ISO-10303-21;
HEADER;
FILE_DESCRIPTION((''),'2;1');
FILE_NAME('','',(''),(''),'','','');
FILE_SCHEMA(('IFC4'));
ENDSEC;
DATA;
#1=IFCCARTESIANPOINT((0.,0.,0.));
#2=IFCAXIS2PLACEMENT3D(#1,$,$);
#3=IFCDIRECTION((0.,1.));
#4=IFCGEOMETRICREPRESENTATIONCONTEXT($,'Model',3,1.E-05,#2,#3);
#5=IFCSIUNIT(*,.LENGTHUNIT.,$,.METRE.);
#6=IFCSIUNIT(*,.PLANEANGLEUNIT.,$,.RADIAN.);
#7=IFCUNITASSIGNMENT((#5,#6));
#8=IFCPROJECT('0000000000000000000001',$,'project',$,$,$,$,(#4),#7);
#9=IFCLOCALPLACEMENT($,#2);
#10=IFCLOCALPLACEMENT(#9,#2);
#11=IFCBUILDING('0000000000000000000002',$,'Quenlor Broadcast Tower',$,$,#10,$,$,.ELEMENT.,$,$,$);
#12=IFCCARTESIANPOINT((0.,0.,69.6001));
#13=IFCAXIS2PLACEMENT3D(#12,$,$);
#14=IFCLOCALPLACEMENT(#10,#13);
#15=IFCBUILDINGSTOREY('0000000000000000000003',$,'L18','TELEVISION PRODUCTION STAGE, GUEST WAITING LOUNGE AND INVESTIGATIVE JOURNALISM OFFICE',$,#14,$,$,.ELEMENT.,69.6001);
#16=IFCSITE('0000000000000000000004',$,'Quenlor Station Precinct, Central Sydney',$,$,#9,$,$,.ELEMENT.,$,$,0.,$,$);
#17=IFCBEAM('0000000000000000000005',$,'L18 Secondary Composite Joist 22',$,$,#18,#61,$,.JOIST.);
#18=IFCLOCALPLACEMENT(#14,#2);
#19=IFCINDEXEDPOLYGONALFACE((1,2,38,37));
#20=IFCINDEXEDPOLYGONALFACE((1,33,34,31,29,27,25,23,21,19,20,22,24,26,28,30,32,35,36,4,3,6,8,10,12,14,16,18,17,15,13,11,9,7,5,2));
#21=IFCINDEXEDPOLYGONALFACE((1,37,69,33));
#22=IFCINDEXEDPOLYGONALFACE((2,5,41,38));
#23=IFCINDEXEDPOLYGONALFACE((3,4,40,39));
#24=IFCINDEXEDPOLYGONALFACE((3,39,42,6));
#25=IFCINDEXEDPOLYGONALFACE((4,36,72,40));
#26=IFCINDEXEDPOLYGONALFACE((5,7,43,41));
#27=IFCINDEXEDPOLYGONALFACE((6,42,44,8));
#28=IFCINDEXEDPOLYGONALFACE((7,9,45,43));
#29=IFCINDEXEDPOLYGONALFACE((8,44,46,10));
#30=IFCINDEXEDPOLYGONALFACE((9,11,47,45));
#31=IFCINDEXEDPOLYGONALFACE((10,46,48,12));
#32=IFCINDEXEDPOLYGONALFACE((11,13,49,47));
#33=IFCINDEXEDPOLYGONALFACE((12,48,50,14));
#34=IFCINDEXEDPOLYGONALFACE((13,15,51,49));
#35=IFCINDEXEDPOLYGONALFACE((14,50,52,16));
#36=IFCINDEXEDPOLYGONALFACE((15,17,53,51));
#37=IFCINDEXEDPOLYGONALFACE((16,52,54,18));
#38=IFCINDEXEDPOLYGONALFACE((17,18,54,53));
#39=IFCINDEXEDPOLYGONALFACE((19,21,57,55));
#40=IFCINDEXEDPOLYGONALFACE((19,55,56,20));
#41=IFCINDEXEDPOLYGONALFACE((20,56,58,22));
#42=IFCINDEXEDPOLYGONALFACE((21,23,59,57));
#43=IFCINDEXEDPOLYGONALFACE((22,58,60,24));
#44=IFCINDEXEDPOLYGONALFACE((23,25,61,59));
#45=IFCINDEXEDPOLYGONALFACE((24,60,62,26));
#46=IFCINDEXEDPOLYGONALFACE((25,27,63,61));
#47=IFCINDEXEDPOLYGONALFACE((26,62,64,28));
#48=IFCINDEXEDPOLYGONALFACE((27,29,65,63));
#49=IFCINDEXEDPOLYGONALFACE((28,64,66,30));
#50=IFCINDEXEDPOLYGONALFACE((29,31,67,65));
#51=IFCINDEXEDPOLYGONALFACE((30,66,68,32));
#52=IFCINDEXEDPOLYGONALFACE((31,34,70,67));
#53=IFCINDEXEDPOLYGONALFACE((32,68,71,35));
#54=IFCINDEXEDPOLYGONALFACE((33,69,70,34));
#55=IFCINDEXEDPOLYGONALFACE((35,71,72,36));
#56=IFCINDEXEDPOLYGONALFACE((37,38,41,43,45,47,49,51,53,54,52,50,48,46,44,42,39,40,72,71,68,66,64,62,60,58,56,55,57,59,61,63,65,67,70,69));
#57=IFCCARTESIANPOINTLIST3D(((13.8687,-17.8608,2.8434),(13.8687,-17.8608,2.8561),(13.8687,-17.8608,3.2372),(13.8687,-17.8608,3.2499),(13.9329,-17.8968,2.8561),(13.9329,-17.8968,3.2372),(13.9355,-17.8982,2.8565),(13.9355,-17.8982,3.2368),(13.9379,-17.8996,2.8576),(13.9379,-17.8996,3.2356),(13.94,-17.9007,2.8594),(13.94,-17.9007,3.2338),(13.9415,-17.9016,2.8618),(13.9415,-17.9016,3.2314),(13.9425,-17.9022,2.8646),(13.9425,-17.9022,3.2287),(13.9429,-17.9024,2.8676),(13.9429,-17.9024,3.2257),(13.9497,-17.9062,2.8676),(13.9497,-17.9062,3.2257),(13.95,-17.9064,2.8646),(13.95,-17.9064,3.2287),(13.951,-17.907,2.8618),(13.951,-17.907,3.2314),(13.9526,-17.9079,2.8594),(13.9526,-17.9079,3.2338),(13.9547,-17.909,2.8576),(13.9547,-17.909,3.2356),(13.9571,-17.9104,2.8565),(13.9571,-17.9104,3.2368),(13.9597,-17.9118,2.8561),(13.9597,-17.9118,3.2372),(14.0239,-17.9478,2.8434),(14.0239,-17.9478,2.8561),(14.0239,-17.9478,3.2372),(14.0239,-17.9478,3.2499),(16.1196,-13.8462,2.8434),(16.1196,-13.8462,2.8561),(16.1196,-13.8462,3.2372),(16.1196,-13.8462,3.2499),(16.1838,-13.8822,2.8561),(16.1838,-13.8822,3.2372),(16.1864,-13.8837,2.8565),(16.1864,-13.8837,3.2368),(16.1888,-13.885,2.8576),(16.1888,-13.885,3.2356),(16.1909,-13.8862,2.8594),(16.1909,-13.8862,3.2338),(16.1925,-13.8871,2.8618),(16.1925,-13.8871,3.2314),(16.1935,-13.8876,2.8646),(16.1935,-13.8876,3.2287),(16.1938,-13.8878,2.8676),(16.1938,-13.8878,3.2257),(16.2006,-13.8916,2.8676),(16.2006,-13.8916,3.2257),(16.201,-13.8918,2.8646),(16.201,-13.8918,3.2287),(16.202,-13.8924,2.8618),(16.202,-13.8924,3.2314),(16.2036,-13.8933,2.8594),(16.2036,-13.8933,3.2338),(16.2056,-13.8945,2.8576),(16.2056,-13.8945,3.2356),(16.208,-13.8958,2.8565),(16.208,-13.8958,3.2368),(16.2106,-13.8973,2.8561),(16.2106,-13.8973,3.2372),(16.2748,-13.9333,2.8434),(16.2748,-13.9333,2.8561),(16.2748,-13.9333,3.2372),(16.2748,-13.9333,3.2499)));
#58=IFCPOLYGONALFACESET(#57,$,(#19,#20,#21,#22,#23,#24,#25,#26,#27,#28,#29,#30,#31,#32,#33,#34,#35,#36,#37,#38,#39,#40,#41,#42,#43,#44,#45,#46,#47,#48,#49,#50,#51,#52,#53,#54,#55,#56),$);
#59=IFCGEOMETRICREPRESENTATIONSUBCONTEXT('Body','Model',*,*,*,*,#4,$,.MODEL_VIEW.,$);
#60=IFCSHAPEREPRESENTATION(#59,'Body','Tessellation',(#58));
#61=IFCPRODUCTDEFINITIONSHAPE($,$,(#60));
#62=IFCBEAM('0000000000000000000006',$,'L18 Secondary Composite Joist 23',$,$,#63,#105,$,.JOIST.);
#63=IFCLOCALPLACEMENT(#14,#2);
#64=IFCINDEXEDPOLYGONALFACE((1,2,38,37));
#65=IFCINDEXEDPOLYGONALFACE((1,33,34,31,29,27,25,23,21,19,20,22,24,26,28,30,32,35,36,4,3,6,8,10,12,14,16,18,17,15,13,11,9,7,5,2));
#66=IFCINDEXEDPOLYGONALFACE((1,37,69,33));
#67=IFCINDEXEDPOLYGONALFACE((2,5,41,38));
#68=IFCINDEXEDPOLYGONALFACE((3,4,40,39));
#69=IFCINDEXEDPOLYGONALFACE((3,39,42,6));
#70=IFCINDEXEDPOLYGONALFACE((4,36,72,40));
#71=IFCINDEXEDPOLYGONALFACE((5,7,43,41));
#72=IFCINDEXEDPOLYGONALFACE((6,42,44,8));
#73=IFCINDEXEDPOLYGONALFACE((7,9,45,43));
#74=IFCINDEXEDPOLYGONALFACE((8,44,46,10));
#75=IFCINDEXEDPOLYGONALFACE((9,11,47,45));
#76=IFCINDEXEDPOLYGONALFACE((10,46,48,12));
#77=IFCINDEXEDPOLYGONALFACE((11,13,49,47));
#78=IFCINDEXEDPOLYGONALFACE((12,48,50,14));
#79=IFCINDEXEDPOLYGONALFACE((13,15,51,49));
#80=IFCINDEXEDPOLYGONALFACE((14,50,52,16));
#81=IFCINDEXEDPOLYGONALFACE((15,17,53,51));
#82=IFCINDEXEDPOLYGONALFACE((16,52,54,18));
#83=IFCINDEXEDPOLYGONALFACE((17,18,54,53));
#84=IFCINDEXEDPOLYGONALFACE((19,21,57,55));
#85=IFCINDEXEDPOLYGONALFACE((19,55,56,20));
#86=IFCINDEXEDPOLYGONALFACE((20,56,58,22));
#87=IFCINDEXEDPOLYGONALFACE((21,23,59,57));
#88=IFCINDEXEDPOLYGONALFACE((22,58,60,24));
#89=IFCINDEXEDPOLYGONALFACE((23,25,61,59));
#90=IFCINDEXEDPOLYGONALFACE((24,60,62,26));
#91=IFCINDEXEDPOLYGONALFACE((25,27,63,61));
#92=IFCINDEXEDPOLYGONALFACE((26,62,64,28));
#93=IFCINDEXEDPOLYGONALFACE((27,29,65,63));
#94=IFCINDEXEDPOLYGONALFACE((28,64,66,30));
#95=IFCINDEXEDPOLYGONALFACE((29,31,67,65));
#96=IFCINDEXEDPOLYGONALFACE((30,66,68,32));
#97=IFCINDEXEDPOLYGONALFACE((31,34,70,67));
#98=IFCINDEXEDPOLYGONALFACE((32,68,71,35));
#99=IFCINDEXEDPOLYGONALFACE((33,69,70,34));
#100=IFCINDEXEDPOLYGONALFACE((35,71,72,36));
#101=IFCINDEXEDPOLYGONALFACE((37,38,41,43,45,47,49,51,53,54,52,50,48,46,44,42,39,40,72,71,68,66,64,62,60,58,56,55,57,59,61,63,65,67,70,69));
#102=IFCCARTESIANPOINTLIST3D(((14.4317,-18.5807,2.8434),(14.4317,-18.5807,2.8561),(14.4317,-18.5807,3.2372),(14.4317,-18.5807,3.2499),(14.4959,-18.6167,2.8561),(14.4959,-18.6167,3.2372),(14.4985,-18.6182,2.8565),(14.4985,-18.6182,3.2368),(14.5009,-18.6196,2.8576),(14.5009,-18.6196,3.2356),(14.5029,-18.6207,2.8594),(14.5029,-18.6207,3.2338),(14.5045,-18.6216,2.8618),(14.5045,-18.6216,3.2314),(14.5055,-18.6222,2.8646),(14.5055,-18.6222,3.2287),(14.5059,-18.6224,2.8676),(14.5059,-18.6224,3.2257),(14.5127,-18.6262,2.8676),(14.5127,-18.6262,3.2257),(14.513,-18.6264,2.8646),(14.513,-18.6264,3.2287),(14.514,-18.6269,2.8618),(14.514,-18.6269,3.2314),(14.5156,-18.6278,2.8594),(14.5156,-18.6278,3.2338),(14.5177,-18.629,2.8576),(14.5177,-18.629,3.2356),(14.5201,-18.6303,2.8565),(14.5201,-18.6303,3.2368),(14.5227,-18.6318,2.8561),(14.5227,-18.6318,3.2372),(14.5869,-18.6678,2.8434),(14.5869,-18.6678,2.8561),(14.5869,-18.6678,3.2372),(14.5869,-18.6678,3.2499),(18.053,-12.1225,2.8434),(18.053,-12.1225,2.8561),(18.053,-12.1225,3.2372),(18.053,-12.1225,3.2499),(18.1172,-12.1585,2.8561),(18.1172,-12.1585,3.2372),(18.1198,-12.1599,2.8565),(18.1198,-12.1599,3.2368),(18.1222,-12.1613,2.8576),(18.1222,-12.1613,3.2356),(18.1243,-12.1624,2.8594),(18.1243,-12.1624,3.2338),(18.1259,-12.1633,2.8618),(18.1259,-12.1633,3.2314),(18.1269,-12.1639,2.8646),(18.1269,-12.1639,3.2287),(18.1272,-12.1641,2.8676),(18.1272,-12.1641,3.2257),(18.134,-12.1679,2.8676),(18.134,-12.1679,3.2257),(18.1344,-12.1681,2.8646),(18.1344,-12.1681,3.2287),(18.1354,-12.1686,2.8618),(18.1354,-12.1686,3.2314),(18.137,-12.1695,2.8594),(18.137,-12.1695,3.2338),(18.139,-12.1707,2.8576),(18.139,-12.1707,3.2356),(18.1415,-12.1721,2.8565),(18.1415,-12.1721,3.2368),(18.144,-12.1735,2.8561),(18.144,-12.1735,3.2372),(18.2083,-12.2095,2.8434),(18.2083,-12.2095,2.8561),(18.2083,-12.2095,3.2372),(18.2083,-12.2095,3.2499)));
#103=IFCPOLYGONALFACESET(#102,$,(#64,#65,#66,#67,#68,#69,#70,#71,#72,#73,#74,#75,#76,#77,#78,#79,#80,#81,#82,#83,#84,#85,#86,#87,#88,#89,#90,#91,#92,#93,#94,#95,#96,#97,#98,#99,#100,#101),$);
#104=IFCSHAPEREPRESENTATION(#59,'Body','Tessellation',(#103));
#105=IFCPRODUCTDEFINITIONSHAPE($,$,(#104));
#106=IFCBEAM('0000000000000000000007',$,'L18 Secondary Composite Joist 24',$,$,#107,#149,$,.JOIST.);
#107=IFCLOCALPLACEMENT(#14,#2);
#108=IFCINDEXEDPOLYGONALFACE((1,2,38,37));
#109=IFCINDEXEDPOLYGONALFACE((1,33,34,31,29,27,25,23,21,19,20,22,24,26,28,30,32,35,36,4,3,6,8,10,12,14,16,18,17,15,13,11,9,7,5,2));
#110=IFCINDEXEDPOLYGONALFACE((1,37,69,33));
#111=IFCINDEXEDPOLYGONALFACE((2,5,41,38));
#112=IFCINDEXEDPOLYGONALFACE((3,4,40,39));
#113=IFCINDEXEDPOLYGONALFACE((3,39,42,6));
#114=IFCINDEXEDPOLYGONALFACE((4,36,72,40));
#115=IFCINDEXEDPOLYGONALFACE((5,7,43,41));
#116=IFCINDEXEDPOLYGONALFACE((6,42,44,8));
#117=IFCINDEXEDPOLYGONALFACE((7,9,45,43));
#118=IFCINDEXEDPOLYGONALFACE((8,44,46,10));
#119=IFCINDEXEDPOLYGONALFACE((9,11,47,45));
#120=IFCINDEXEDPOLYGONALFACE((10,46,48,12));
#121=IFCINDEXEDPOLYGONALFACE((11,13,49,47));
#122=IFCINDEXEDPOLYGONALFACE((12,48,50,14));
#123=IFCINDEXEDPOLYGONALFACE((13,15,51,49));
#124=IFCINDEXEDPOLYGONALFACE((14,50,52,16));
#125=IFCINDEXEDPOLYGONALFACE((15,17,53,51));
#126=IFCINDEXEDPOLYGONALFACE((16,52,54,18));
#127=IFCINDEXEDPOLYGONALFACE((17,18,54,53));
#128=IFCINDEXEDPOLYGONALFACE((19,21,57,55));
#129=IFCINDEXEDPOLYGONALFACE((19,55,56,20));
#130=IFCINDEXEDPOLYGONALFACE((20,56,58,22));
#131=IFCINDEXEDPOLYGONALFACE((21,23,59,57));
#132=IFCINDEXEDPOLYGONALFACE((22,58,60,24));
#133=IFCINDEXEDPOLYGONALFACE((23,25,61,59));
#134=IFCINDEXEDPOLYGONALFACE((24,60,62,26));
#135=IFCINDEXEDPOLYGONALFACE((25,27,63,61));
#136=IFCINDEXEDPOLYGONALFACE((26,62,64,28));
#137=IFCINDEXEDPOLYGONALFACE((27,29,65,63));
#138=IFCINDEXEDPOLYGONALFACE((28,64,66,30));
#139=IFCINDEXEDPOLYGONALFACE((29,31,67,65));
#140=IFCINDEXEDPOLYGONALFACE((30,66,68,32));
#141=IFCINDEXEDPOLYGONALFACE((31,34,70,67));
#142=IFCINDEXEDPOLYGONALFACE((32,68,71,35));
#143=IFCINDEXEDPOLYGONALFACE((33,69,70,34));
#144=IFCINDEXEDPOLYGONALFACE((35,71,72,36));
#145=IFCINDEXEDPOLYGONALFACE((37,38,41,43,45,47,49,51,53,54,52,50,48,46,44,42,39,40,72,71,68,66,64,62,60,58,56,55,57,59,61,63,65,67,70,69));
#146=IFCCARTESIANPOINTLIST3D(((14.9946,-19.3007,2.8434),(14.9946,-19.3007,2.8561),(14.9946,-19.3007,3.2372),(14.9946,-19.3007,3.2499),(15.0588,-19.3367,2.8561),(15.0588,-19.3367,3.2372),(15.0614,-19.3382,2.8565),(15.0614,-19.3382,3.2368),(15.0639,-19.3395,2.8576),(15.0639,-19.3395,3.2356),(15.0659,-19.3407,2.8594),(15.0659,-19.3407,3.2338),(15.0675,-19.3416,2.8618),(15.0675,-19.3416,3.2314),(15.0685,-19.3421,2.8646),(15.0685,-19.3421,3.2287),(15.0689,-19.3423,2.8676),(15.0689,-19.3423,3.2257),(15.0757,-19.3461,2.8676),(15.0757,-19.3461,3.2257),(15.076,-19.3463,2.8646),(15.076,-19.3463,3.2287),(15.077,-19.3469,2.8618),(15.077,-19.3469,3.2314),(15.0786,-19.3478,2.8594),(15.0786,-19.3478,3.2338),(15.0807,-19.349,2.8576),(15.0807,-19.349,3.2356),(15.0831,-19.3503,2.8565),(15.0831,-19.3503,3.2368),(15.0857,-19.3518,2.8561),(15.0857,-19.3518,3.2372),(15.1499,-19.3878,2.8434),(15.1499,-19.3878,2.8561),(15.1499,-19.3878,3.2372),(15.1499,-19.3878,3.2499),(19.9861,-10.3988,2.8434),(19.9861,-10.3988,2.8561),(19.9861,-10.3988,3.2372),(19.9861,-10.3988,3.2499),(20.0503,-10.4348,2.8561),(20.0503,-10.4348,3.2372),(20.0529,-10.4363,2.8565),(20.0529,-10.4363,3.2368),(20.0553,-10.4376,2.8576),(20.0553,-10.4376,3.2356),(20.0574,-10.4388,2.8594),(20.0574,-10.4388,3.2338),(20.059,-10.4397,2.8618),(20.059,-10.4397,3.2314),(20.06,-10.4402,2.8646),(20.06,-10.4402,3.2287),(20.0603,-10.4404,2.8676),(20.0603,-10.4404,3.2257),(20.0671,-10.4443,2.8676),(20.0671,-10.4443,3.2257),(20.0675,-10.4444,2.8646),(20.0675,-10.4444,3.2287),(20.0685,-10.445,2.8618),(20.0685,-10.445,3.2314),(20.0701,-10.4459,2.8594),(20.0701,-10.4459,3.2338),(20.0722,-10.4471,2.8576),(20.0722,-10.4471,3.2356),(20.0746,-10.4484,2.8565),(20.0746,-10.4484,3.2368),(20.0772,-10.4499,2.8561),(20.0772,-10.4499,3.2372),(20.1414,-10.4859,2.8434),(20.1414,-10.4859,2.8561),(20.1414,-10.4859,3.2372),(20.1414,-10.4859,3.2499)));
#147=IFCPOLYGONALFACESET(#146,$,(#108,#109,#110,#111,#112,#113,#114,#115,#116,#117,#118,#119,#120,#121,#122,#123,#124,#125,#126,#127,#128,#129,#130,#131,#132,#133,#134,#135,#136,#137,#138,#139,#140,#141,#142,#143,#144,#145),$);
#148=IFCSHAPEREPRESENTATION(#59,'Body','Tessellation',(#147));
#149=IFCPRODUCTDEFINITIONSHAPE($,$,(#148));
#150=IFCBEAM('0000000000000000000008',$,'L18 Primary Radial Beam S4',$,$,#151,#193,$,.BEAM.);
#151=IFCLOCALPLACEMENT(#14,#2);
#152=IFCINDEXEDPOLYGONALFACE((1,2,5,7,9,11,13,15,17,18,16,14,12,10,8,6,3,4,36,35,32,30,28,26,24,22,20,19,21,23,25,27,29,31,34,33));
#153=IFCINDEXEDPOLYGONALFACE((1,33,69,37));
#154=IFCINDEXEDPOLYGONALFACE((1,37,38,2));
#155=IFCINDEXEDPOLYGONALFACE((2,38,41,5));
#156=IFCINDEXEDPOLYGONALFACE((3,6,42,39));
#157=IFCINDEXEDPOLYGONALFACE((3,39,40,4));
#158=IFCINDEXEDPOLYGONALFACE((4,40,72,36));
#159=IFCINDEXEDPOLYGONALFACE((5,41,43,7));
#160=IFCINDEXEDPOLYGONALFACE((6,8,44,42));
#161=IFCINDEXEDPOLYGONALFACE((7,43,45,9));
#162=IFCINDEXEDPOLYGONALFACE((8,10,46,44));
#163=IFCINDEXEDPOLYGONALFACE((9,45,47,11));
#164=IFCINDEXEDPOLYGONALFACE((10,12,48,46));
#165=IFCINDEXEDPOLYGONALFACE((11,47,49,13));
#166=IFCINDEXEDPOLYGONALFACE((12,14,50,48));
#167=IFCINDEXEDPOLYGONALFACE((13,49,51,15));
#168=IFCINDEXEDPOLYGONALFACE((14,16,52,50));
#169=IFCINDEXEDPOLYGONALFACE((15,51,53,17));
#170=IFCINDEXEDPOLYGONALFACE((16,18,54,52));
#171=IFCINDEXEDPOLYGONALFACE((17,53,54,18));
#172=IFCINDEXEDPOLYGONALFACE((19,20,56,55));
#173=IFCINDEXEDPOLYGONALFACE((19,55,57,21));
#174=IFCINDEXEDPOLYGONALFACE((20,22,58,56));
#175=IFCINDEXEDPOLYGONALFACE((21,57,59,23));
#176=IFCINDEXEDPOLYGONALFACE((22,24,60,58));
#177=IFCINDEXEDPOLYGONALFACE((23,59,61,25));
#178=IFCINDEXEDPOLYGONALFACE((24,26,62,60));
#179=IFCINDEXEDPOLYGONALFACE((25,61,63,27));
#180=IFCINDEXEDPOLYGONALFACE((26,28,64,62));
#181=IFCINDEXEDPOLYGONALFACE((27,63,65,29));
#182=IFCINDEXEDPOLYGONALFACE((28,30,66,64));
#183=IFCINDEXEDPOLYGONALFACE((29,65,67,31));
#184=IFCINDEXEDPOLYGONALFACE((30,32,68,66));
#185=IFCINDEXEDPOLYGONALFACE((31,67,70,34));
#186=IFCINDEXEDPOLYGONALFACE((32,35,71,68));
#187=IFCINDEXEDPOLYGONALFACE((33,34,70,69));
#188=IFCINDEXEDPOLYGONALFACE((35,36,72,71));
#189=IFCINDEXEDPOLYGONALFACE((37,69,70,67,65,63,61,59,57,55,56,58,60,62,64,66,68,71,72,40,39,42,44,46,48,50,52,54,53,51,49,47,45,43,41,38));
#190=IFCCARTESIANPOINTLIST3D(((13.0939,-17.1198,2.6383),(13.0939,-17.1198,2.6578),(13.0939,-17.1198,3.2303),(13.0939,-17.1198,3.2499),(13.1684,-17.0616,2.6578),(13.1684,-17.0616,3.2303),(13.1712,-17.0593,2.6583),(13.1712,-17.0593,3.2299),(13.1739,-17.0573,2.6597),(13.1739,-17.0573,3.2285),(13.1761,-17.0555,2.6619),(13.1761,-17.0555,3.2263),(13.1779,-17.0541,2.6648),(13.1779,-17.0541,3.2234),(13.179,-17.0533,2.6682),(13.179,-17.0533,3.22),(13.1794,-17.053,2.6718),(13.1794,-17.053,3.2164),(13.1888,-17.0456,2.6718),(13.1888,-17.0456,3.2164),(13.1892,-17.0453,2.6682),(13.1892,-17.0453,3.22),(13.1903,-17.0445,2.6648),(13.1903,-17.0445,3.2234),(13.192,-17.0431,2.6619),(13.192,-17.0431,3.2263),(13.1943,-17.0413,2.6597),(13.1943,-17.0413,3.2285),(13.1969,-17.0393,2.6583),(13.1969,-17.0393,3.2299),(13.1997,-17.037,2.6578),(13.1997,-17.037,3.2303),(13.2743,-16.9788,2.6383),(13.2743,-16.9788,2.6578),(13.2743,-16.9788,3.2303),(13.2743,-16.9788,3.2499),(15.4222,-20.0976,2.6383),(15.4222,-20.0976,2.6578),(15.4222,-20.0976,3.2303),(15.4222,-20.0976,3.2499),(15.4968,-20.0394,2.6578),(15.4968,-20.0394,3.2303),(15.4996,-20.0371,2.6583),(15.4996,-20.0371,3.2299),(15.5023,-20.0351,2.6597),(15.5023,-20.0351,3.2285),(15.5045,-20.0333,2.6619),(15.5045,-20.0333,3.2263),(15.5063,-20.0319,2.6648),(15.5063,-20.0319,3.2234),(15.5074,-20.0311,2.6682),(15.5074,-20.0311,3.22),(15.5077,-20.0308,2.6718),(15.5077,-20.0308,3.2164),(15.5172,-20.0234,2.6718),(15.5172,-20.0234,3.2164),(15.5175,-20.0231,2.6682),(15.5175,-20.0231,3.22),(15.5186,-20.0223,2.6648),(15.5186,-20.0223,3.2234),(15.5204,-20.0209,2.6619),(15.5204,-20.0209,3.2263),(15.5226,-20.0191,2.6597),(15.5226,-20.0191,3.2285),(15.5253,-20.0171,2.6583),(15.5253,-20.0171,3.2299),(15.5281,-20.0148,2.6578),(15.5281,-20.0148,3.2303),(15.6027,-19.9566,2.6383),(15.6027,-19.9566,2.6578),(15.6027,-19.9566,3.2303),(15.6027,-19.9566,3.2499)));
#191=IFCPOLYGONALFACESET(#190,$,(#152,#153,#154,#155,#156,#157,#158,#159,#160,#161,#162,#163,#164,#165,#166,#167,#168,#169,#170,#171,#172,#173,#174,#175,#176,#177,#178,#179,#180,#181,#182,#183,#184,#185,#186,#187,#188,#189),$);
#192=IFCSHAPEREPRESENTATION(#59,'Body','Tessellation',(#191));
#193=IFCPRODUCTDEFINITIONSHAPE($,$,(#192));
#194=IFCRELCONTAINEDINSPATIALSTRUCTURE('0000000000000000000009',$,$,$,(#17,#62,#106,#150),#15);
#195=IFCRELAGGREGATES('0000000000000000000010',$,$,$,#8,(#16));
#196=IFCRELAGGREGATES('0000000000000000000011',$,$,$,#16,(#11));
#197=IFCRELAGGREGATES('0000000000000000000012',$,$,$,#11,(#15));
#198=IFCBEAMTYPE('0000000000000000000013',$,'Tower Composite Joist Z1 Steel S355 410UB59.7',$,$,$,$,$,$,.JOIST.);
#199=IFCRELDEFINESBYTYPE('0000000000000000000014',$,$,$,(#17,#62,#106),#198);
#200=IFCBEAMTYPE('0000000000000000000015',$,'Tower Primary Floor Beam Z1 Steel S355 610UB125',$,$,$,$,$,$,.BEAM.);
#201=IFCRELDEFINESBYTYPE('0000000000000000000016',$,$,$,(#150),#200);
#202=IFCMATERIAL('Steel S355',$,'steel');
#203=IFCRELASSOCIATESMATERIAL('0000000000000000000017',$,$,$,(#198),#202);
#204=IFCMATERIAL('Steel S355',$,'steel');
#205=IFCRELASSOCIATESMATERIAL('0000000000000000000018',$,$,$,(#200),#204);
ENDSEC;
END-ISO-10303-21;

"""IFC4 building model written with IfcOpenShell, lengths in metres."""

from ifc_helpers import new_model, si_unit, direction, frame, origin, origin_2d, place, context, subcontext, project, spatial, i_section, extrude, material, material_profile, profile_set, type_object, element, save


model = new_model("IFC4")

# Units and contexts
model_context = context("Model", 3, precision=1e-05, world=origin(), true_north=direction((0.0, 1.0)))
body_context = subcontext(model_context, "Body", "Model", "MODEL_VIEW")
ifc_project = project(units=[si_unit("LENGTHUNIT", "METRE"), si_unit("PLANEANGLEUNIT", "RADIAN")], contexts=[model_context])

# Site, building, storey
site_placement = place(None, origin())
site = spatial("IfcSite", under=ifc_project, at=site_placement, Name="Quenlor Station Precinct, Central Sydney", CompositionType="ELEMENT", RefElevation=0.0)
building_placement = place(site_placement, origin())
building = spatial("IfcBuilding", under=site, at=building_placement, Name="Quenlor Broadcast Tower", CompositionType="ELEMENT")
storey_placement = place(building_placement, frame((0.0, 0.0, 69.6001)))
storey = spatial("IfcBuildingStorey", under=building, at=storey_placement, Name="L18", Description="TELEVISION PRODUCTION STAGE, GUEST WAITING LOUNGE AND INVESTIGATIVE JOURNALISM OFFICE", CompositionType="ELEMENT", Elevation=69.6001)

# Beams
ifc_material_1 = material(Name="Steel S355", Category="steel")
ifc_material_profile_1 = material_profile(ifc_material_1, i_section(OverallWidth=0.178, OverallDepth=0.4065, WebThickness=0.0078, FlangeThickness=0.0127, FilletRadius=0.0115, at=origin_2d()))
ifc_profile_set_1 = profile_set([ifc_material_profile_1], Name="Steel S355 410UB59.7")
beam_type_1 = type_object("IfcBeamType", Name="Tower Composite Joist Z1 Steel S355 410UB59.7", PredefinedType="JOIST", material=ifc_profile_set_1)
beam_1_placement = place(storey_placement, frame((13.9463, -17.9043, 3.0466), z_axis=(0.489062, 0.872249, 0.0), x_axis=(-0.872249, 0.489062, 0.0)))
element("IfcBeam", 1, at=beam_1_placement, inside=storey, type_object=beam_type_1, Name="L18 Secondary Composite Joist 22", PredefinedType="JOIST", context=body_context, shape_type="SweptSolid", body=[
    extrude(i_section(OverallWidth=0.178, OverallDepth=0.4065, WebThickness=0.0078, FlangeThickness=0.0127, FilletRadius=0.0115, at=origin_2d()), origin(), (0.0, 0.0, 1.0), 4.6025),
])
beam_2_placement = place(storey_placement, frame((14.5093, -18.6243, 3.0466), z_axis=(0.489088, 0.872234, 0.0), x_axis=(-0.872234, 0.489088, 0.0)))
element("IfcBeam", 2, at=beam_2_placement, inside=storey, type_object=beam_type_1, Name="L18 Secondary Composite Joist 23", PredefinedType="JOIST", context=body_context, shape_type="SweptSolid", body=[
    extrude(i_section(OverallWidth=0.178, OverallDepth=0.4065, WebThickness=0.0078, FlangeThickness=0.0127, FilletRadius=0.0115, at=origin_2d()), origin(), (0.0, 0.0, 1.0), 7.4043),
])
beam_3_placement = place(storey_placement, frame((15.0723, -19.3442, 3.0466), z_axis=(0.489082, 0.872238, 0.0), x_axis=(-0.872238, 0.489082, 0.0)))
element("IfcBeam", 3, at=beam_3_placement, inside=storey, type_object=beam_type_1, Name="L18 Secondary Composite Joist 24", PredefinedType="JOIST", context=body_context, shape_type="SweptSolid", body=[
    extrude(i_section(OverallWidth=0.178, OverallDepth=0.4065, WebThickness=0.0078, FlangeThickness=0.0127, FilletRadius=0.0115, at=origin_2d()), origin(), (0.0, 0.0, 1.0), 10.2058),
])
ifc_material_2 = material(Name="Steel S355", Category="steel")
ifc_material_profile_2 = material_profile(ifc_material_2, i_section(OverallWidth=0.229, OverallDepth=0.6116, WebThickness=0.012, FlangeThickness=0.0195, FilletRadius=0.0139, at=origin_2d()))
ifc_profile_set_2 = profile_set([ifc_material_profile_2], Name="Steel S355 610UB125")
beam_type_2 = type_object("IfcBeamType", Name="Tower Primary Floor Beam Z1 Steel S355 610UB125", PredefinedType="BEAM", material=ifc_profile_set_2)
beam_4_placement = place(storey_placement, frame((15.5125, -20.0271, 2.9441), z_axis=(-0.615969, 0.787771, 0.0), x_axis=(-0.787771, -0.615969, 0.0)))
element("IfcBeam", 4, at=beam_4_placement, inside=storey, type_object=beam_type_2, Name="L18 Primary Radial Beam S4", PredefinedType="BEAM", context=body_context, shape_type="SweptSolid", body=[
    extrude(i_section(OverallWidth=0.229, OverallDepth=0.6116, WebThickness=0.012, FlangeThickness=0.0195, FilletRadius=0.0139, at=origin_2d()), origin(), (0.0, 0.0, 1.0), 3.78),
])

save(model, "model.ifc")
